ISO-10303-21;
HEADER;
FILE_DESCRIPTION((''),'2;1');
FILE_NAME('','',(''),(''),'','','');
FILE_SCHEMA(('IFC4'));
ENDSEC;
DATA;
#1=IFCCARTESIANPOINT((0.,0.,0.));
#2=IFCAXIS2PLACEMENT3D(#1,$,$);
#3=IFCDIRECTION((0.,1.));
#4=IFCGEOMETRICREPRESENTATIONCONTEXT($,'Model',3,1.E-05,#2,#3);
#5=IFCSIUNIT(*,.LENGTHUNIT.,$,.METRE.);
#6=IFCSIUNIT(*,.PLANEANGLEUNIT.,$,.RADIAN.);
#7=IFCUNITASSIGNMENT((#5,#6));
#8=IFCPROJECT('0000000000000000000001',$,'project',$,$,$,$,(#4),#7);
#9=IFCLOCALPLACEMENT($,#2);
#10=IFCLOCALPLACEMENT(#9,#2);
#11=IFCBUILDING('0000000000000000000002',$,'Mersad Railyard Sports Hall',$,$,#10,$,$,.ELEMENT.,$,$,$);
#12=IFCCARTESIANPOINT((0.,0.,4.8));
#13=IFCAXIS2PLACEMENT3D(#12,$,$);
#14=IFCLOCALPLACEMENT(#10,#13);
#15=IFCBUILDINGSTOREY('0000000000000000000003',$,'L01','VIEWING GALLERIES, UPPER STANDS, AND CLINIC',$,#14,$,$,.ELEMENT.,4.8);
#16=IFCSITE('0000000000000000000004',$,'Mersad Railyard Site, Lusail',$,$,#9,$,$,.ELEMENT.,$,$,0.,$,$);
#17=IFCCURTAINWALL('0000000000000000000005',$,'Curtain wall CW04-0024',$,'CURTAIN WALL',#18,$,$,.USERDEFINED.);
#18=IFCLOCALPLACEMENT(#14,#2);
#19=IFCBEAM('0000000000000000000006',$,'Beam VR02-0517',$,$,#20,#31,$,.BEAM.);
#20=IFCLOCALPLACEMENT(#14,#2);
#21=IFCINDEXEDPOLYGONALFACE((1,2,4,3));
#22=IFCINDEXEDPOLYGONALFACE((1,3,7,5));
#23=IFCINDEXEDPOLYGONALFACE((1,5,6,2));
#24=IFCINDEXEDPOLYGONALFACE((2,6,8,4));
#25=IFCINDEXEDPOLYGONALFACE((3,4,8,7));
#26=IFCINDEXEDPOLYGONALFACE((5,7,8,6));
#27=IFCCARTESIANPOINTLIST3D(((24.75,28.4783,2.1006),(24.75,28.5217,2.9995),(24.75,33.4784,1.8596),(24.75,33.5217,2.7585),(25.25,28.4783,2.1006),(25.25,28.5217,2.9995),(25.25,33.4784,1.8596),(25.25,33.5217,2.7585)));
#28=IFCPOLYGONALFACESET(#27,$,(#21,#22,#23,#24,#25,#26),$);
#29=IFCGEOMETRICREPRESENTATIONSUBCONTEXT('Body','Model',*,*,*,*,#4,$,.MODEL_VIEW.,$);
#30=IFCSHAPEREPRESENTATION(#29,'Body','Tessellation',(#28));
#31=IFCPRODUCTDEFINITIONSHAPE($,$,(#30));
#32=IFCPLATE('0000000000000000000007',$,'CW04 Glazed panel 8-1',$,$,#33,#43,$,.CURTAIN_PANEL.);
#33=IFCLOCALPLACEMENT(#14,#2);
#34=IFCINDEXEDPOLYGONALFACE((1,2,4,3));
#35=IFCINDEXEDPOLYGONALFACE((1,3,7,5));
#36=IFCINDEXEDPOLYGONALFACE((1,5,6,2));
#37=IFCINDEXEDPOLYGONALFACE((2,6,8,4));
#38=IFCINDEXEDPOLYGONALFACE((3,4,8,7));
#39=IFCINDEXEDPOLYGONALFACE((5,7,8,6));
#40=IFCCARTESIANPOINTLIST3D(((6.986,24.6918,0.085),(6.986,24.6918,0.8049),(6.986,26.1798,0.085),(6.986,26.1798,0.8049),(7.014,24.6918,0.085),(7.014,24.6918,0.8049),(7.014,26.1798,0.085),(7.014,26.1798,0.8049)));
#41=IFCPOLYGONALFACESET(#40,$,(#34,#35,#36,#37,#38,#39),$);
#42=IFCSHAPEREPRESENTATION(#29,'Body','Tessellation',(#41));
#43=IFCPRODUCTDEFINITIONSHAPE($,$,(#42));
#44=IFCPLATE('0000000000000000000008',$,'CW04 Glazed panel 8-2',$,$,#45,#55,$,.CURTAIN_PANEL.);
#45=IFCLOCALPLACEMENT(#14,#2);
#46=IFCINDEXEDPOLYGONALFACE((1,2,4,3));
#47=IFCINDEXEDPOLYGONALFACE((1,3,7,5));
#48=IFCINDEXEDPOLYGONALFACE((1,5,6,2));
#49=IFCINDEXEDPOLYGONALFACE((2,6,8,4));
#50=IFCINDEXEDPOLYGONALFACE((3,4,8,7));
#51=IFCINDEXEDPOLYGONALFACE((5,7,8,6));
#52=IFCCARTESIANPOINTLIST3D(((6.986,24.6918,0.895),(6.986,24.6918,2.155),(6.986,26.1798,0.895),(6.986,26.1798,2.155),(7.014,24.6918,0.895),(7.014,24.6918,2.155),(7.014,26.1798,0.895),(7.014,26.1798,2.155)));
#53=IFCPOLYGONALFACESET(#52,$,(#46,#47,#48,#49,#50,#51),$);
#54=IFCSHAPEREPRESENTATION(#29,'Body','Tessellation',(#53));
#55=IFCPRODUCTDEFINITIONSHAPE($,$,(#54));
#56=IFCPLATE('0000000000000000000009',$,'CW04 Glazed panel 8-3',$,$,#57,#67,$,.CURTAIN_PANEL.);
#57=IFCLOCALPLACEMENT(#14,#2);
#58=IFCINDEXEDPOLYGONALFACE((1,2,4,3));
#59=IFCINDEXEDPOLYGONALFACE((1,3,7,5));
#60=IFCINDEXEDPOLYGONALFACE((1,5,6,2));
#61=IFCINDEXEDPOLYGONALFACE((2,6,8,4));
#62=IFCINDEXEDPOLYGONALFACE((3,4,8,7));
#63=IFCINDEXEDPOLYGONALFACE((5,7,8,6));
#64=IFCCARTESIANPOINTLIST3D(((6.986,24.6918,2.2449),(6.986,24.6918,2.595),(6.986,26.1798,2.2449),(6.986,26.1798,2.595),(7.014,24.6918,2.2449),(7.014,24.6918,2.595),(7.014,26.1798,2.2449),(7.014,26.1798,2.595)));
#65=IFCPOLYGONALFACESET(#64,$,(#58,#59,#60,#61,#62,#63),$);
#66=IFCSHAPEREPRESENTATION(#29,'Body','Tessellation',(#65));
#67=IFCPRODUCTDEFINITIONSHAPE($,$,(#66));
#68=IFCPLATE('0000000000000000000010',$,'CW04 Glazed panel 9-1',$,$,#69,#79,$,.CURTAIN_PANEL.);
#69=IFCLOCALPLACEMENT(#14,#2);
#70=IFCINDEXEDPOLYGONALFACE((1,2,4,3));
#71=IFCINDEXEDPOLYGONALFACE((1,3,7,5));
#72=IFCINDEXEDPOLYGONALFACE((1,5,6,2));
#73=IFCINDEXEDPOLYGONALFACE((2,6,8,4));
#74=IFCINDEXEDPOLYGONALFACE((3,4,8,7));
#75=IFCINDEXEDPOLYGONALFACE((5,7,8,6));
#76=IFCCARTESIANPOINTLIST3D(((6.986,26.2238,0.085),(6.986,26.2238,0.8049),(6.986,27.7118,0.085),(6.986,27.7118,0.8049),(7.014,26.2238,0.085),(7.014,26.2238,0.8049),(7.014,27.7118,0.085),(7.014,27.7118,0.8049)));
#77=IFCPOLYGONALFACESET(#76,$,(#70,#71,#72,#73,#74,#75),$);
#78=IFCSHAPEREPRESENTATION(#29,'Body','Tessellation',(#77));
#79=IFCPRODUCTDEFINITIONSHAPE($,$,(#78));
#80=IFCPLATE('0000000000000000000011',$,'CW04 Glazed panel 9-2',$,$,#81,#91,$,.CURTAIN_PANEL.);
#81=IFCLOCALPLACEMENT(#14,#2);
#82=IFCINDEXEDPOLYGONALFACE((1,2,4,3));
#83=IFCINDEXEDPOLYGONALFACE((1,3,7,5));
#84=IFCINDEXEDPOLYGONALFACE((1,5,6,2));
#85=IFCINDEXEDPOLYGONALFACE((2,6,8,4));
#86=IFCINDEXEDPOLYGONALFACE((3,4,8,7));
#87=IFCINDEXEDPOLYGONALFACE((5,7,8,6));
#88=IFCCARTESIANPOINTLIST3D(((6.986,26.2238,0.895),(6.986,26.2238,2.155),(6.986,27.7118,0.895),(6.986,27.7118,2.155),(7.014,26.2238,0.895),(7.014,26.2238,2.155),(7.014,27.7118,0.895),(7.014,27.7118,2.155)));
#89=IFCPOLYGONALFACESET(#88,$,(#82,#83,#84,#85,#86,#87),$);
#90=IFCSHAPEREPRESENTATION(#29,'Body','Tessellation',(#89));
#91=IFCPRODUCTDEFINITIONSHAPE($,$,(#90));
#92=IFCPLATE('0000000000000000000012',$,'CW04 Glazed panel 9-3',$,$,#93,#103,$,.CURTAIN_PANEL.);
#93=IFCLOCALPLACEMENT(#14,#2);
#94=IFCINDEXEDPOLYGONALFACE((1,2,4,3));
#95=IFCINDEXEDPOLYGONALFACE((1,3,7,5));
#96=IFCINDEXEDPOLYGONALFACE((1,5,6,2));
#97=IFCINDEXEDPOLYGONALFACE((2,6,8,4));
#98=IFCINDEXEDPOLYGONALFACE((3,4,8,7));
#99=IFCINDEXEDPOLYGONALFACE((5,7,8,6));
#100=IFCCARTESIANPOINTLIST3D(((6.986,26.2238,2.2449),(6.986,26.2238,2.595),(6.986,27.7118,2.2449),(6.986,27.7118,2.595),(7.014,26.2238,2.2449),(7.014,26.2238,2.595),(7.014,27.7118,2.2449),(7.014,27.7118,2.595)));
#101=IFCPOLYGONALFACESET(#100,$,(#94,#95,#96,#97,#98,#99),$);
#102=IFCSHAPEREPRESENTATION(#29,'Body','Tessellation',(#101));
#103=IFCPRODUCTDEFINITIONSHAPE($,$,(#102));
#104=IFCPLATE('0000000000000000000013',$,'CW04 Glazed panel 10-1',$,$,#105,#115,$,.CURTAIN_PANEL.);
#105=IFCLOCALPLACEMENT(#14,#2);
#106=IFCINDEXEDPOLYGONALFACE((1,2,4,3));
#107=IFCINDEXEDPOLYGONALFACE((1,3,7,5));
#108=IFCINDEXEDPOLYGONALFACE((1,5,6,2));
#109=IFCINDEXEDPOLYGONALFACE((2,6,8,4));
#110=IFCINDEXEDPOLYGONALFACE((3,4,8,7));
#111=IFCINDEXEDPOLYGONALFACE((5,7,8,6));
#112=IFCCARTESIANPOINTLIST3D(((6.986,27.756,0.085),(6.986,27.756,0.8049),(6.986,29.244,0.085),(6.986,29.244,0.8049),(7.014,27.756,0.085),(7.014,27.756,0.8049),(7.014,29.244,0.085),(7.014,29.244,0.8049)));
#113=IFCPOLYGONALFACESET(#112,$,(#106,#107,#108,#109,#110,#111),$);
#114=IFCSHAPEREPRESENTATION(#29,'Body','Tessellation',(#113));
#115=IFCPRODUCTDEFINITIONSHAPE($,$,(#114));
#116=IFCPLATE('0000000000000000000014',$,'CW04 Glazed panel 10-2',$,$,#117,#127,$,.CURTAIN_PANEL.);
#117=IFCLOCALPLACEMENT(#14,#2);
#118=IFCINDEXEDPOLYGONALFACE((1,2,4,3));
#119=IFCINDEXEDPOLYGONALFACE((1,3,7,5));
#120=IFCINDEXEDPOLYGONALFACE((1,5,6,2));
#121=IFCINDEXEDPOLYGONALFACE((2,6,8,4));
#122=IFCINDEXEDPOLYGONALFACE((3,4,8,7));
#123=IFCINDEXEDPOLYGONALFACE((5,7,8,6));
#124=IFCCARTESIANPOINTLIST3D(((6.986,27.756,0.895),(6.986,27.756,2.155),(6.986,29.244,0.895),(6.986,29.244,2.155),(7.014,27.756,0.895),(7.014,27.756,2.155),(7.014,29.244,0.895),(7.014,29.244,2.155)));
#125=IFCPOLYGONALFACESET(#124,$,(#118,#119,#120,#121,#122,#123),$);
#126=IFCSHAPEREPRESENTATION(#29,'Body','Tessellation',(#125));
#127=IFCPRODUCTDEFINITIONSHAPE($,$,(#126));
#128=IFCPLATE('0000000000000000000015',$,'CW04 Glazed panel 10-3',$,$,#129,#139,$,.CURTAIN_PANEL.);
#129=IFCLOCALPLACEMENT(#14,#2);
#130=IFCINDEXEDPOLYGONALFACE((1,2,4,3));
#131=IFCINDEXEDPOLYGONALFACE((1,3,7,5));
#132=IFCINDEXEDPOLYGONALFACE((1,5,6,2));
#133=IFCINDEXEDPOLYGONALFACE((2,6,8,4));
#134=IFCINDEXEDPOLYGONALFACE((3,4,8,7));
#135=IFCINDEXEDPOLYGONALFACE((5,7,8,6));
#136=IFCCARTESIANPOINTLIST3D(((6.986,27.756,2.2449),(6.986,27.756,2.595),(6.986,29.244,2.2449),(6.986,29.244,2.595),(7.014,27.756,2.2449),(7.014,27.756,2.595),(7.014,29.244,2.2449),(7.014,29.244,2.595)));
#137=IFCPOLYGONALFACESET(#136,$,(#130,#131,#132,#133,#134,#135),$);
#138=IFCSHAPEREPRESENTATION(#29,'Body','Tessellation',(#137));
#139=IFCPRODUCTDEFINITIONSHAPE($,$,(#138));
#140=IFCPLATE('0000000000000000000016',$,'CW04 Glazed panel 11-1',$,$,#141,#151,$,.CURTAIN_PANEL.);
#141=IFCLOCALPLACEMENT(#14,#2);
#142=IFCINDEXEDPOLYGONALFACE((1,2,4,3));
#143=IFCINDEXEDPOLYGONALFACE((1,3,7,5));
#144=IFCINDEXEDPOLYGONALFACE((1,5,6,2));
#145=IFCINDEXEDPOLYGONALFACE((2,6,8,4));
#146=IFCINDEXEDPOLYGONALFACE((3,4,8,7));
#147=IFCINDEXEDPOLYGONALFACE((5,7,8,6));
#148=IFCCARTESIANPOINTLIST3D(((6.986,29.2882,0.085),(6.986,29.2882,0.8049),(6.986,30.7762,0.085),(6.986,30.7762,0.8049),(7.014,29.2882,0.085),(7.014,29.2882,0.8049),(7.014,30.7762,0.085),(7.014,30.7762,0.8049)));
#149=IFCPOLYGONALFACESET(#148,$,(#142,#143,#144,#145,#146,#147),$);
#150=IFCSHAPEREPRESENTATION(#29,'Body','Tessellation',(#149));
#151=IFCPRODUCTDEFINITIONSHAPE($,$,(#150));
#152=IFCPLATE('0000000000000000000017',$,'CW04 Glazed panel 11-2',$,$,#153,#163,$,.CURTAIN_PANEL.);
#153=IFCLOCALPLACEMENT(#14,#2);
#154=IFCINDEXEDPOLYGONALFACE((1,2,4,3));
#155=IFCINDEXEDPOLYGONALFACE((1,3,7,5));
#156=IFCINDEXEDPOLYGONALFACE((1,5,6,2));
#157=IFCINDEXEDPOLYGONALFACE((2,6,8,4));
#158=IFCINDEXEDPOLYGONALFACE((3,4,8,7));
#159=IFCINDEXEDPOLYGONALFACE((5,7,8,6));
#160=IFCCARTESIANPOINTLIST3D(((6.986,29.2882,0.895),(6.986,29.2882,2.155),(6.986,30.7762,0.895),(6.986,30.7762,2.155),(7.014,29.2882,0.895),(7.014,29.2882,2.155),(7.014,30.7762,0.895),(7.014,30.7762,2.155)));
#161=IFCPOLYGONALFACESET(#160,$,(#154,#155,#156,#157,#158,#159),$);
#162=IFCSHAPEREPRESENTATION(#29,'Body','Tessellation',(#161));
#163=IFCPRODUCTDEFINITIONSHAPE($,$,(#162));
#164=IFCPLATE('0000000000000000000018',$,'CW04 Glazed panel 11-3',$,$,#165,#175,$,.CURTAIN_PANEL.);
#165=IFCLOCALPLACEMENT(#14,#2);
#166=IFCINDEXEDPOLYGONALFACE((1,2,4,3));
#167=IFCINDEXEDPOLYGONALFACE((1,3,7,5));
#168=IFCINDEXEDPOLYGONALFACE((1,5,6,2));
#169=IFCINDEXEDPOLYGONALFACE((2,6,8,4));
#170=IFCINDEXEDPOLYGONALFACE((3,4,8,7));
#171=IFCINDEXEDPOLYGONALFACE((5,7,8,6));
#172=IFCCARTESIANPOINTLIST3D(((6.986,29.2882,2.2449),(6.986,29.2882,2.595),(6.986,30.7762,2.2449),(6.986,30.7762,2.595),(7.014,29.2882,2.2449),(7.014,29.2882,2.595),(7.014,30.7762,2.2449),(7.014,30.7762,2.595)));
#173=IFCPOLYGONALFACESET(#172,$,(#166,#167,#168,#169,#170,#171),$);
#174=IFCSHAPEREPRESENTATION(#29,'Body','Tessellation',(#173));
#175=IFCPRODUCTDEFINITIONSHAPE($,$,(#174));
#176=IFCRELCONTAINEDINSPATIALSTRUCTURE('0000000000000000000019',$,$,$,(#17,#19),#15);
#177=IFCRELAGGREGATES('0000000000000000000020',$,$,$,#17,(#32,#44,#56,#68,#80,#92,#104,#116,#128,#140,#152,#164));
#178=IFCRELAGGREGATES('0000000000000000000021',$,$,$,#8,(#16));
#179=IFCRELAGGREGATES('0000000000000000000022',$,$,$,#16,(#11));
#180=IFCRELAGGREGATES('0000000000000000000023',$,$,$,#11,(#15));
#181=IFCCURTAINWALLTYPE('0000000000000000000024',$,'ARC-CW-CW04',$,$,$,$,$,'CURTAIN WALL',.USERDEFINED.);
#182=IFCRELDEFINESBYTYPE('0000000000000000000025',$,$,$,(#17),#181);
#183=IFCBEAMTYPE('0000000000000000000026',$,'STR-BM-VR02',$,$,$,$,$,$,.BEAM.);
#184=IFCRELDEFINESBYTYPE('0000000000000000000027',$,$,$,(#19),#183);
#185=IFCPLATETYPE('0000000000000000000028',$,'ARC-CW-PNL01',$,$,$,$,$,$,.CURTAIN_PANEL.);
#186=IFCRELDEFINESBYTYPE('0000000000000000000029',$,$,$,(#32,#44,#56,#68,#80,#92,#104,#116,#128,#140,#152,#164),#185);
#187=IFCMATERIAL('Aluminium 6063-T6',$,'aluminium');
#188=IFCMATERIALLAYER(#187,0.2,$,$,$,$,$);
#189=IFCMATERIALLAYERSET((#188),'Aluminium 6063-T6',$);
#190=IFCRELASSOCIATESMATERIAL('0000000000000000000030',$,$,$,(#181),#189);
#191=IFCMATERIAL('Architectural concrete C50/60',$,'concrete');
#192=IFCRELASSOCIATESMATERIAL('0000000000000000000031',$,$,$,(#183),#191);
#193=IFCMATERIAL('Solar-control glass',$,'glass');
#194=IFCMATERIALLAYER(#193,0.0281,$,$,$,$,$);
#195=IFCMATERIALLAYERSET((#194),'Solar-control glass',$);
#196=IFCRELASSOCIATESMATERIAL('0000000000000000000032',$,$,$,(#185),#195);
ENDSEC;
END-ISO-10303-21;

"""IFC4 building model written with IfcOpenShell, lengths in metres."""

from ifc_helpers import new_model, si_unit, direction, frame, origin, origin_2d, place, context, subcontext, project, spatial, rectangle, extrude, material, layer, layer_set, material_profile, profile_set, type_object, element, aggregate, save


model = new_model("IFC4")

# Units and contexts
model_context = context("Model", 3, precision=1e-05, world=origin(), true_north=direction((0.0, 1.0)))
body_context = subcontext(model_context, "Body", "Model", "MODEL_VIEW")
ifc_project = project(units=[si_unit("LENGTHUNIT", "METRE"), si_unit("PLANEANGLEUNIT", "RADIAN")], contexts=[model_context])

# Site, building, storey
site_placement = place(None, origin())
site = spatial("IfcSite", under=ifc_project, at=site_placement, Name="Mersad Railyard Site, Lusail", CompositionType="ELEMENT", RefElevation=0.0)
building_placement = place(site_placement, origin())
building = spatial("IfcBuilding", under=site, at=building_placement, Name="Mersad Railyard Sports Hall", CompositionType="ELEMENT")
storey_placement = place(building_placement, frame((0.0, 0.0, 4.8)))
storey = spatial("IfcBuildingStorey", under=building, at=storey_placement, Name="L01", Description="VIEWING GALLERIES, UPPER STANDS, AND CLINIC", CompositionType="ELEMENT", Elevation=4.8)

# Curtain wall
ifc_material_1 = material(Name="Aluminium 6063-T6", Category="aluminium")
ifc_layer_1 = layer(ifc_material_1, 0.2)
ifc_layer_set_1 = layer_set([ifc_layer_1], Name="Aluminium 6063-T6")
curtain_wall_type = type_object("IfcCurtainWallType", Name="ARC-CW-CW04", ElementType="CURTAIN WALL", PredefinedType="USERDEFINED", material=ifc_layer_set_1)
curtain_wall_placement = place(storey_placement, origin())
curtain_wall = element("IfcCurtainWall", 1, at=curtain_wall_placement, inside=storey, type_object=curtain_wall_type, Name="Curtain wall CW04-0024", ObjectType="CURTAIN WALL", PredefinedType="USERDEFINED")

# Beam
ifc_material_2 = material(Name="Architectural concrete C50/60", Category="concrete")
ifc_material_profile_1 = material_profile(ifc_material_2, rectangle(XDim=0.5, YDim=0.8999, at=origin_2d()), Name="VR 500x900")
ifc_profile_set_1 = profile_set([ifc_material_profile_1], Name="Architectural concrete C50/60")
beam_type = type_object("IfcBeamType", Name="STR-BM-VR02", PredefinedType="BEAM", material=ifc_profile_set_1)
for number, where, z_axis, x_axis, name in (
    (2, (25.0, 28.5, 2.55), (0.0, 0.998841, -0.048137), (-1.0, 0.0, 0.0), "Beam VR02-0517"),
):
    element("IfcBeam", number, at=place(storey_placement, frame(where, z_axis=z_axis, x_axis=x_axis)), inside=storey, type_object=beam_type, Name=name, PredefinedType="BEAM", context=body_context, shape_type="SweptSolid", body=[
        extrude(rectangle(XDim=0.5, YDim=0.8999, at=origin_2d()), origin(), (0.0, 0.0, 1.0), 5.0059),
    ])

# Plates
ifc_material_3 = material(Name="Solar-control glass", Category="glass")
ifc_layer_2 = layer(ifc_material_3, 0.0281)
ifc_layer_set_2 = layer_set([ifc_layer_2], Name="Solar-control glass")
plate_type = type_object("IfcPlateType", Name="ARC-CW-PNL01", PredefinedType="CURTAIN_PANEL", material=ifc_layer_set_2)
plate_1_placement = place(storey_placement, frame((7.0, 25.4358, 0.085), z_axis=(0.0, 0.0, 1.0), x_axis=(0.0, 1.0, 0.0)))
plate_1 = element("IfcPlate", 3, at=plate_1_placement, type_object=plate_type, Name="CW04 Glazed panel 8-1", PredefinedType="CURTAIN_PANEL", context=body_context, shape_type="SweptSolid", body=[
    extrude(rectangle(XDim=1.488, YDim=0.0281, at=origin_2d()), origin(), (0.0, 0.0, 1.0), 0.72),
])
plate_2_placement = place(storey_placement, frame((7.0, 25.4358, 0.895), z_axis=(0.0, 0.0, 1.0), x_axis=(0.0, 1.0, 0.0)))
plate_2 = element("IfcPlate", 4, at=plate_2_placement, type_object=plate_type, Name="CW04 Glazed panel 8-2", PredefinedType="CURTAIN_PANEL", context=body_context, shape_type="SweptSolid", body=[
    extrude(rectangle(XDim=1.488, YDim=0.0281, at=origin_2d()), origin(), (0.0, 0.0, 1.0), 1.26),
])
plate_3_placement = place(storey_placement, frame((7.0, 25.4358, 2.2449), z_axis=(0.0, 0.0, 1.0), x_axis=(0.0, 1.0, 0.0)))
plate_3 = element("IfcPlate", 5, at=plate_3_placement, type_object=plate_type, Name="CW04 Glazed panel 8-3", PredefinedType="CURTAIN_PANEL", context=body_context, shape_type="SweptSolid", body=[
    extrude(rectangle(XDim=1.488, YDim=0.0281, at=origin_2d()), origin(), (0.0, 0.0, 1.0), 0.3501),
])
plate_4_placement = place(storey_placement, frame((7.0, 26.9678, 0.085), z_axis=(0.0, 0.0, 1.0), x_axis=(0.0, 1.0, 0.0)))
plate_4 = element("IfcPlate", 6, at=plate_4_placement, type_object=plate_type, Name="CW04 Glazed panel 9-1", PredefinedType="CURTAIN_PANEL", context=body_context, shape_type="SweptSolid", body=[
    extrude(rectangle(XDim=1.488, YDim=0.0281, at=origin_2d()), origin(), (0.0, 0.0, 1.0), 0.72),
])
plate_5_placement = place(storey_placement, frame((7.0, 26.9678, 0.895), z_axis=(0.0, 0.0, 1.0), x_axis=(0.0, 1.0, 0.0)))
plate_5 = element("IfcPlate", 7, at=plate_5_placement, type_object=plate_type, Name="CW04 Glazed panel 9-2", PredefinedType="CURTAIN_PANEL", context=body_context, shape_type="SweptSolid", body=[
    extrude(rectangle(XDim=1.488, YDim=0.0281, at=origin_2d()), origin(), (0.0, 0.0, 1.0), 1.26),
])
plate_6_placement = place(storey_placement, frame((7.0, 26.9678, 2.2449), z_axis=(0.0, 0.0, 1.0), x_axis=(0.0, 1.0, 0.0)))
plate_6 = element("IfcPlate", 8, at=plate_6_placement, type_object=plate_type, Name="CW04 Glazed panel 9-3", PredefinedType="CURTAIN_PANEL", context=body_context, shape_type="SweptSolid", body=[
    extrude(rectangle(XDim=1.488, YDim=0.0281, at=origin_2d()), origin(), (0.0, 0.0, 1.0), 0.3501),
])
plate_7_placement = place(storey_placement, frame((7.0, 28.5, 0.085), z_axis=(0.0, 0.0, 1.0), x_axis=(0.0, 1.0, 0.0)))
plate_7 = element("IfcPlate", 9, at=plate_7_placement, type_object=plate_type, Name="CW04 Glazed panel 10-1", PredefinedType="CURTAIN_PANEL", context=body_context, shape_type="SweptSolid", body=[
    extrude(rectangle(XDim=1.488, YDim=0.0281, at=origin_2d()), origin(), (0.0, 0.0, 1.0), 0.72),
])
plate_8_placement = place(storey_placement, frame((7.0, 28.5, 0.895), z_axis=(0.0, 0.0, 1.0), x_axis=(0.0, 1.0, 0.0)))
plate_8 = element("IfcPlate", 10, at=plate_8_placement, type_object=plate_type, Name="CW04 Glazed panel 10-2", PredefinedType="CURTAIN_PANEL", context=body_context, shape_type="SweptSolid", body=[
    extrude(rectangle(XDim=1.488, YDim=0.0281, at=origin_2d()), origin(), (0.0, 0.0, 1.0), 1.26),
])
plate_9_placement = place(storey_placement, frame((7.0, 28.5, 2.2449), z_axis=(0.0, 0.0, 1.0), x_axis=(0.0, 1.0, 0.0)))
plate_9 = element("IfcPlate", 11, at=plate_9_placement, type_object=plate_type, Name="CW04 Glazed panel 10-3", PredefinedType="CURTAIN_PANEL", context=body_context, shape_type="SweptSolid", body=[
    extrude(rectangle(XDim=1.488, YDim=0.0281, at=origin_2d()), origin(), (0.0, 0.0, 1.0), 0.3501),
])
plate_10_placement = place(storey_placement, frame((7.0, 30.0322, 0.085), z_axis=(0.0, 0.0, 1.0), x_axis=(0.0, 1.0, 0.0)))
plate_10 = element("IfcPlate", 12, at=plate_10_placement, type_object=plate_type, Name="CW04 Glazed panel 11-1", PredefinedType="CURTAIN_PANEL", context=body_context, shape_type="SweptSolid", body=[
    extrude(rectangle(XDim=1.488, YDim=0.0281, at=origin_2d()), origin(), (0.0, 0.0, 1.0), 0.72),
])
plate_11_placement = place(storey_placement, frame((7.0, 30.0322, 0.895), z_axis=(0.0, 0.0, 1.0), x_axis=(0.0, 1.0, 0.0)))
plate_11 = element("IfcPlate", 13, at=plate_11_placement, type_object=plate_type, Name="CW04 Glazed panel 11-2", PredefinedType="CURTAIN_PANEL", context=body_context, shape_type="SweptSolid", body=[
    extrude(rectangle(XDim=1.488, YDim=0.0281, at=origin_2d()), origin(), (0.0, 0.0, 1.0), 1.26),
])
plate_12_placement = place(storey_placement, frame((7.0, 30.0322, 2.2449), z_axis=(0.0, 0.0, 1.0), x_axis=(0.0, 1.0, 0.0)))
plate_12 = element("IfcPlate", 14, at=plate_12_placement, type_object=plate_type, Name="CW04 Glazed panel 11-3", PredefinedType="CURTAIN_PANEL", context=body_context, shape_type="SweptSolid", body=[
    extrude(rectangle(XDim=1.488, YDim=0.0281, at=origin_2d()), origin(), (0.0, 0.0, 1.0), 0.3501),
])
aggregate(curtain_wall, [plate_1, plate_2, plate_3, plate_4, plate_5, plate_6, plate_7, plate_8, plate_9, plate_10, plate_11, plate_12])

save(model, "model.ifc")
